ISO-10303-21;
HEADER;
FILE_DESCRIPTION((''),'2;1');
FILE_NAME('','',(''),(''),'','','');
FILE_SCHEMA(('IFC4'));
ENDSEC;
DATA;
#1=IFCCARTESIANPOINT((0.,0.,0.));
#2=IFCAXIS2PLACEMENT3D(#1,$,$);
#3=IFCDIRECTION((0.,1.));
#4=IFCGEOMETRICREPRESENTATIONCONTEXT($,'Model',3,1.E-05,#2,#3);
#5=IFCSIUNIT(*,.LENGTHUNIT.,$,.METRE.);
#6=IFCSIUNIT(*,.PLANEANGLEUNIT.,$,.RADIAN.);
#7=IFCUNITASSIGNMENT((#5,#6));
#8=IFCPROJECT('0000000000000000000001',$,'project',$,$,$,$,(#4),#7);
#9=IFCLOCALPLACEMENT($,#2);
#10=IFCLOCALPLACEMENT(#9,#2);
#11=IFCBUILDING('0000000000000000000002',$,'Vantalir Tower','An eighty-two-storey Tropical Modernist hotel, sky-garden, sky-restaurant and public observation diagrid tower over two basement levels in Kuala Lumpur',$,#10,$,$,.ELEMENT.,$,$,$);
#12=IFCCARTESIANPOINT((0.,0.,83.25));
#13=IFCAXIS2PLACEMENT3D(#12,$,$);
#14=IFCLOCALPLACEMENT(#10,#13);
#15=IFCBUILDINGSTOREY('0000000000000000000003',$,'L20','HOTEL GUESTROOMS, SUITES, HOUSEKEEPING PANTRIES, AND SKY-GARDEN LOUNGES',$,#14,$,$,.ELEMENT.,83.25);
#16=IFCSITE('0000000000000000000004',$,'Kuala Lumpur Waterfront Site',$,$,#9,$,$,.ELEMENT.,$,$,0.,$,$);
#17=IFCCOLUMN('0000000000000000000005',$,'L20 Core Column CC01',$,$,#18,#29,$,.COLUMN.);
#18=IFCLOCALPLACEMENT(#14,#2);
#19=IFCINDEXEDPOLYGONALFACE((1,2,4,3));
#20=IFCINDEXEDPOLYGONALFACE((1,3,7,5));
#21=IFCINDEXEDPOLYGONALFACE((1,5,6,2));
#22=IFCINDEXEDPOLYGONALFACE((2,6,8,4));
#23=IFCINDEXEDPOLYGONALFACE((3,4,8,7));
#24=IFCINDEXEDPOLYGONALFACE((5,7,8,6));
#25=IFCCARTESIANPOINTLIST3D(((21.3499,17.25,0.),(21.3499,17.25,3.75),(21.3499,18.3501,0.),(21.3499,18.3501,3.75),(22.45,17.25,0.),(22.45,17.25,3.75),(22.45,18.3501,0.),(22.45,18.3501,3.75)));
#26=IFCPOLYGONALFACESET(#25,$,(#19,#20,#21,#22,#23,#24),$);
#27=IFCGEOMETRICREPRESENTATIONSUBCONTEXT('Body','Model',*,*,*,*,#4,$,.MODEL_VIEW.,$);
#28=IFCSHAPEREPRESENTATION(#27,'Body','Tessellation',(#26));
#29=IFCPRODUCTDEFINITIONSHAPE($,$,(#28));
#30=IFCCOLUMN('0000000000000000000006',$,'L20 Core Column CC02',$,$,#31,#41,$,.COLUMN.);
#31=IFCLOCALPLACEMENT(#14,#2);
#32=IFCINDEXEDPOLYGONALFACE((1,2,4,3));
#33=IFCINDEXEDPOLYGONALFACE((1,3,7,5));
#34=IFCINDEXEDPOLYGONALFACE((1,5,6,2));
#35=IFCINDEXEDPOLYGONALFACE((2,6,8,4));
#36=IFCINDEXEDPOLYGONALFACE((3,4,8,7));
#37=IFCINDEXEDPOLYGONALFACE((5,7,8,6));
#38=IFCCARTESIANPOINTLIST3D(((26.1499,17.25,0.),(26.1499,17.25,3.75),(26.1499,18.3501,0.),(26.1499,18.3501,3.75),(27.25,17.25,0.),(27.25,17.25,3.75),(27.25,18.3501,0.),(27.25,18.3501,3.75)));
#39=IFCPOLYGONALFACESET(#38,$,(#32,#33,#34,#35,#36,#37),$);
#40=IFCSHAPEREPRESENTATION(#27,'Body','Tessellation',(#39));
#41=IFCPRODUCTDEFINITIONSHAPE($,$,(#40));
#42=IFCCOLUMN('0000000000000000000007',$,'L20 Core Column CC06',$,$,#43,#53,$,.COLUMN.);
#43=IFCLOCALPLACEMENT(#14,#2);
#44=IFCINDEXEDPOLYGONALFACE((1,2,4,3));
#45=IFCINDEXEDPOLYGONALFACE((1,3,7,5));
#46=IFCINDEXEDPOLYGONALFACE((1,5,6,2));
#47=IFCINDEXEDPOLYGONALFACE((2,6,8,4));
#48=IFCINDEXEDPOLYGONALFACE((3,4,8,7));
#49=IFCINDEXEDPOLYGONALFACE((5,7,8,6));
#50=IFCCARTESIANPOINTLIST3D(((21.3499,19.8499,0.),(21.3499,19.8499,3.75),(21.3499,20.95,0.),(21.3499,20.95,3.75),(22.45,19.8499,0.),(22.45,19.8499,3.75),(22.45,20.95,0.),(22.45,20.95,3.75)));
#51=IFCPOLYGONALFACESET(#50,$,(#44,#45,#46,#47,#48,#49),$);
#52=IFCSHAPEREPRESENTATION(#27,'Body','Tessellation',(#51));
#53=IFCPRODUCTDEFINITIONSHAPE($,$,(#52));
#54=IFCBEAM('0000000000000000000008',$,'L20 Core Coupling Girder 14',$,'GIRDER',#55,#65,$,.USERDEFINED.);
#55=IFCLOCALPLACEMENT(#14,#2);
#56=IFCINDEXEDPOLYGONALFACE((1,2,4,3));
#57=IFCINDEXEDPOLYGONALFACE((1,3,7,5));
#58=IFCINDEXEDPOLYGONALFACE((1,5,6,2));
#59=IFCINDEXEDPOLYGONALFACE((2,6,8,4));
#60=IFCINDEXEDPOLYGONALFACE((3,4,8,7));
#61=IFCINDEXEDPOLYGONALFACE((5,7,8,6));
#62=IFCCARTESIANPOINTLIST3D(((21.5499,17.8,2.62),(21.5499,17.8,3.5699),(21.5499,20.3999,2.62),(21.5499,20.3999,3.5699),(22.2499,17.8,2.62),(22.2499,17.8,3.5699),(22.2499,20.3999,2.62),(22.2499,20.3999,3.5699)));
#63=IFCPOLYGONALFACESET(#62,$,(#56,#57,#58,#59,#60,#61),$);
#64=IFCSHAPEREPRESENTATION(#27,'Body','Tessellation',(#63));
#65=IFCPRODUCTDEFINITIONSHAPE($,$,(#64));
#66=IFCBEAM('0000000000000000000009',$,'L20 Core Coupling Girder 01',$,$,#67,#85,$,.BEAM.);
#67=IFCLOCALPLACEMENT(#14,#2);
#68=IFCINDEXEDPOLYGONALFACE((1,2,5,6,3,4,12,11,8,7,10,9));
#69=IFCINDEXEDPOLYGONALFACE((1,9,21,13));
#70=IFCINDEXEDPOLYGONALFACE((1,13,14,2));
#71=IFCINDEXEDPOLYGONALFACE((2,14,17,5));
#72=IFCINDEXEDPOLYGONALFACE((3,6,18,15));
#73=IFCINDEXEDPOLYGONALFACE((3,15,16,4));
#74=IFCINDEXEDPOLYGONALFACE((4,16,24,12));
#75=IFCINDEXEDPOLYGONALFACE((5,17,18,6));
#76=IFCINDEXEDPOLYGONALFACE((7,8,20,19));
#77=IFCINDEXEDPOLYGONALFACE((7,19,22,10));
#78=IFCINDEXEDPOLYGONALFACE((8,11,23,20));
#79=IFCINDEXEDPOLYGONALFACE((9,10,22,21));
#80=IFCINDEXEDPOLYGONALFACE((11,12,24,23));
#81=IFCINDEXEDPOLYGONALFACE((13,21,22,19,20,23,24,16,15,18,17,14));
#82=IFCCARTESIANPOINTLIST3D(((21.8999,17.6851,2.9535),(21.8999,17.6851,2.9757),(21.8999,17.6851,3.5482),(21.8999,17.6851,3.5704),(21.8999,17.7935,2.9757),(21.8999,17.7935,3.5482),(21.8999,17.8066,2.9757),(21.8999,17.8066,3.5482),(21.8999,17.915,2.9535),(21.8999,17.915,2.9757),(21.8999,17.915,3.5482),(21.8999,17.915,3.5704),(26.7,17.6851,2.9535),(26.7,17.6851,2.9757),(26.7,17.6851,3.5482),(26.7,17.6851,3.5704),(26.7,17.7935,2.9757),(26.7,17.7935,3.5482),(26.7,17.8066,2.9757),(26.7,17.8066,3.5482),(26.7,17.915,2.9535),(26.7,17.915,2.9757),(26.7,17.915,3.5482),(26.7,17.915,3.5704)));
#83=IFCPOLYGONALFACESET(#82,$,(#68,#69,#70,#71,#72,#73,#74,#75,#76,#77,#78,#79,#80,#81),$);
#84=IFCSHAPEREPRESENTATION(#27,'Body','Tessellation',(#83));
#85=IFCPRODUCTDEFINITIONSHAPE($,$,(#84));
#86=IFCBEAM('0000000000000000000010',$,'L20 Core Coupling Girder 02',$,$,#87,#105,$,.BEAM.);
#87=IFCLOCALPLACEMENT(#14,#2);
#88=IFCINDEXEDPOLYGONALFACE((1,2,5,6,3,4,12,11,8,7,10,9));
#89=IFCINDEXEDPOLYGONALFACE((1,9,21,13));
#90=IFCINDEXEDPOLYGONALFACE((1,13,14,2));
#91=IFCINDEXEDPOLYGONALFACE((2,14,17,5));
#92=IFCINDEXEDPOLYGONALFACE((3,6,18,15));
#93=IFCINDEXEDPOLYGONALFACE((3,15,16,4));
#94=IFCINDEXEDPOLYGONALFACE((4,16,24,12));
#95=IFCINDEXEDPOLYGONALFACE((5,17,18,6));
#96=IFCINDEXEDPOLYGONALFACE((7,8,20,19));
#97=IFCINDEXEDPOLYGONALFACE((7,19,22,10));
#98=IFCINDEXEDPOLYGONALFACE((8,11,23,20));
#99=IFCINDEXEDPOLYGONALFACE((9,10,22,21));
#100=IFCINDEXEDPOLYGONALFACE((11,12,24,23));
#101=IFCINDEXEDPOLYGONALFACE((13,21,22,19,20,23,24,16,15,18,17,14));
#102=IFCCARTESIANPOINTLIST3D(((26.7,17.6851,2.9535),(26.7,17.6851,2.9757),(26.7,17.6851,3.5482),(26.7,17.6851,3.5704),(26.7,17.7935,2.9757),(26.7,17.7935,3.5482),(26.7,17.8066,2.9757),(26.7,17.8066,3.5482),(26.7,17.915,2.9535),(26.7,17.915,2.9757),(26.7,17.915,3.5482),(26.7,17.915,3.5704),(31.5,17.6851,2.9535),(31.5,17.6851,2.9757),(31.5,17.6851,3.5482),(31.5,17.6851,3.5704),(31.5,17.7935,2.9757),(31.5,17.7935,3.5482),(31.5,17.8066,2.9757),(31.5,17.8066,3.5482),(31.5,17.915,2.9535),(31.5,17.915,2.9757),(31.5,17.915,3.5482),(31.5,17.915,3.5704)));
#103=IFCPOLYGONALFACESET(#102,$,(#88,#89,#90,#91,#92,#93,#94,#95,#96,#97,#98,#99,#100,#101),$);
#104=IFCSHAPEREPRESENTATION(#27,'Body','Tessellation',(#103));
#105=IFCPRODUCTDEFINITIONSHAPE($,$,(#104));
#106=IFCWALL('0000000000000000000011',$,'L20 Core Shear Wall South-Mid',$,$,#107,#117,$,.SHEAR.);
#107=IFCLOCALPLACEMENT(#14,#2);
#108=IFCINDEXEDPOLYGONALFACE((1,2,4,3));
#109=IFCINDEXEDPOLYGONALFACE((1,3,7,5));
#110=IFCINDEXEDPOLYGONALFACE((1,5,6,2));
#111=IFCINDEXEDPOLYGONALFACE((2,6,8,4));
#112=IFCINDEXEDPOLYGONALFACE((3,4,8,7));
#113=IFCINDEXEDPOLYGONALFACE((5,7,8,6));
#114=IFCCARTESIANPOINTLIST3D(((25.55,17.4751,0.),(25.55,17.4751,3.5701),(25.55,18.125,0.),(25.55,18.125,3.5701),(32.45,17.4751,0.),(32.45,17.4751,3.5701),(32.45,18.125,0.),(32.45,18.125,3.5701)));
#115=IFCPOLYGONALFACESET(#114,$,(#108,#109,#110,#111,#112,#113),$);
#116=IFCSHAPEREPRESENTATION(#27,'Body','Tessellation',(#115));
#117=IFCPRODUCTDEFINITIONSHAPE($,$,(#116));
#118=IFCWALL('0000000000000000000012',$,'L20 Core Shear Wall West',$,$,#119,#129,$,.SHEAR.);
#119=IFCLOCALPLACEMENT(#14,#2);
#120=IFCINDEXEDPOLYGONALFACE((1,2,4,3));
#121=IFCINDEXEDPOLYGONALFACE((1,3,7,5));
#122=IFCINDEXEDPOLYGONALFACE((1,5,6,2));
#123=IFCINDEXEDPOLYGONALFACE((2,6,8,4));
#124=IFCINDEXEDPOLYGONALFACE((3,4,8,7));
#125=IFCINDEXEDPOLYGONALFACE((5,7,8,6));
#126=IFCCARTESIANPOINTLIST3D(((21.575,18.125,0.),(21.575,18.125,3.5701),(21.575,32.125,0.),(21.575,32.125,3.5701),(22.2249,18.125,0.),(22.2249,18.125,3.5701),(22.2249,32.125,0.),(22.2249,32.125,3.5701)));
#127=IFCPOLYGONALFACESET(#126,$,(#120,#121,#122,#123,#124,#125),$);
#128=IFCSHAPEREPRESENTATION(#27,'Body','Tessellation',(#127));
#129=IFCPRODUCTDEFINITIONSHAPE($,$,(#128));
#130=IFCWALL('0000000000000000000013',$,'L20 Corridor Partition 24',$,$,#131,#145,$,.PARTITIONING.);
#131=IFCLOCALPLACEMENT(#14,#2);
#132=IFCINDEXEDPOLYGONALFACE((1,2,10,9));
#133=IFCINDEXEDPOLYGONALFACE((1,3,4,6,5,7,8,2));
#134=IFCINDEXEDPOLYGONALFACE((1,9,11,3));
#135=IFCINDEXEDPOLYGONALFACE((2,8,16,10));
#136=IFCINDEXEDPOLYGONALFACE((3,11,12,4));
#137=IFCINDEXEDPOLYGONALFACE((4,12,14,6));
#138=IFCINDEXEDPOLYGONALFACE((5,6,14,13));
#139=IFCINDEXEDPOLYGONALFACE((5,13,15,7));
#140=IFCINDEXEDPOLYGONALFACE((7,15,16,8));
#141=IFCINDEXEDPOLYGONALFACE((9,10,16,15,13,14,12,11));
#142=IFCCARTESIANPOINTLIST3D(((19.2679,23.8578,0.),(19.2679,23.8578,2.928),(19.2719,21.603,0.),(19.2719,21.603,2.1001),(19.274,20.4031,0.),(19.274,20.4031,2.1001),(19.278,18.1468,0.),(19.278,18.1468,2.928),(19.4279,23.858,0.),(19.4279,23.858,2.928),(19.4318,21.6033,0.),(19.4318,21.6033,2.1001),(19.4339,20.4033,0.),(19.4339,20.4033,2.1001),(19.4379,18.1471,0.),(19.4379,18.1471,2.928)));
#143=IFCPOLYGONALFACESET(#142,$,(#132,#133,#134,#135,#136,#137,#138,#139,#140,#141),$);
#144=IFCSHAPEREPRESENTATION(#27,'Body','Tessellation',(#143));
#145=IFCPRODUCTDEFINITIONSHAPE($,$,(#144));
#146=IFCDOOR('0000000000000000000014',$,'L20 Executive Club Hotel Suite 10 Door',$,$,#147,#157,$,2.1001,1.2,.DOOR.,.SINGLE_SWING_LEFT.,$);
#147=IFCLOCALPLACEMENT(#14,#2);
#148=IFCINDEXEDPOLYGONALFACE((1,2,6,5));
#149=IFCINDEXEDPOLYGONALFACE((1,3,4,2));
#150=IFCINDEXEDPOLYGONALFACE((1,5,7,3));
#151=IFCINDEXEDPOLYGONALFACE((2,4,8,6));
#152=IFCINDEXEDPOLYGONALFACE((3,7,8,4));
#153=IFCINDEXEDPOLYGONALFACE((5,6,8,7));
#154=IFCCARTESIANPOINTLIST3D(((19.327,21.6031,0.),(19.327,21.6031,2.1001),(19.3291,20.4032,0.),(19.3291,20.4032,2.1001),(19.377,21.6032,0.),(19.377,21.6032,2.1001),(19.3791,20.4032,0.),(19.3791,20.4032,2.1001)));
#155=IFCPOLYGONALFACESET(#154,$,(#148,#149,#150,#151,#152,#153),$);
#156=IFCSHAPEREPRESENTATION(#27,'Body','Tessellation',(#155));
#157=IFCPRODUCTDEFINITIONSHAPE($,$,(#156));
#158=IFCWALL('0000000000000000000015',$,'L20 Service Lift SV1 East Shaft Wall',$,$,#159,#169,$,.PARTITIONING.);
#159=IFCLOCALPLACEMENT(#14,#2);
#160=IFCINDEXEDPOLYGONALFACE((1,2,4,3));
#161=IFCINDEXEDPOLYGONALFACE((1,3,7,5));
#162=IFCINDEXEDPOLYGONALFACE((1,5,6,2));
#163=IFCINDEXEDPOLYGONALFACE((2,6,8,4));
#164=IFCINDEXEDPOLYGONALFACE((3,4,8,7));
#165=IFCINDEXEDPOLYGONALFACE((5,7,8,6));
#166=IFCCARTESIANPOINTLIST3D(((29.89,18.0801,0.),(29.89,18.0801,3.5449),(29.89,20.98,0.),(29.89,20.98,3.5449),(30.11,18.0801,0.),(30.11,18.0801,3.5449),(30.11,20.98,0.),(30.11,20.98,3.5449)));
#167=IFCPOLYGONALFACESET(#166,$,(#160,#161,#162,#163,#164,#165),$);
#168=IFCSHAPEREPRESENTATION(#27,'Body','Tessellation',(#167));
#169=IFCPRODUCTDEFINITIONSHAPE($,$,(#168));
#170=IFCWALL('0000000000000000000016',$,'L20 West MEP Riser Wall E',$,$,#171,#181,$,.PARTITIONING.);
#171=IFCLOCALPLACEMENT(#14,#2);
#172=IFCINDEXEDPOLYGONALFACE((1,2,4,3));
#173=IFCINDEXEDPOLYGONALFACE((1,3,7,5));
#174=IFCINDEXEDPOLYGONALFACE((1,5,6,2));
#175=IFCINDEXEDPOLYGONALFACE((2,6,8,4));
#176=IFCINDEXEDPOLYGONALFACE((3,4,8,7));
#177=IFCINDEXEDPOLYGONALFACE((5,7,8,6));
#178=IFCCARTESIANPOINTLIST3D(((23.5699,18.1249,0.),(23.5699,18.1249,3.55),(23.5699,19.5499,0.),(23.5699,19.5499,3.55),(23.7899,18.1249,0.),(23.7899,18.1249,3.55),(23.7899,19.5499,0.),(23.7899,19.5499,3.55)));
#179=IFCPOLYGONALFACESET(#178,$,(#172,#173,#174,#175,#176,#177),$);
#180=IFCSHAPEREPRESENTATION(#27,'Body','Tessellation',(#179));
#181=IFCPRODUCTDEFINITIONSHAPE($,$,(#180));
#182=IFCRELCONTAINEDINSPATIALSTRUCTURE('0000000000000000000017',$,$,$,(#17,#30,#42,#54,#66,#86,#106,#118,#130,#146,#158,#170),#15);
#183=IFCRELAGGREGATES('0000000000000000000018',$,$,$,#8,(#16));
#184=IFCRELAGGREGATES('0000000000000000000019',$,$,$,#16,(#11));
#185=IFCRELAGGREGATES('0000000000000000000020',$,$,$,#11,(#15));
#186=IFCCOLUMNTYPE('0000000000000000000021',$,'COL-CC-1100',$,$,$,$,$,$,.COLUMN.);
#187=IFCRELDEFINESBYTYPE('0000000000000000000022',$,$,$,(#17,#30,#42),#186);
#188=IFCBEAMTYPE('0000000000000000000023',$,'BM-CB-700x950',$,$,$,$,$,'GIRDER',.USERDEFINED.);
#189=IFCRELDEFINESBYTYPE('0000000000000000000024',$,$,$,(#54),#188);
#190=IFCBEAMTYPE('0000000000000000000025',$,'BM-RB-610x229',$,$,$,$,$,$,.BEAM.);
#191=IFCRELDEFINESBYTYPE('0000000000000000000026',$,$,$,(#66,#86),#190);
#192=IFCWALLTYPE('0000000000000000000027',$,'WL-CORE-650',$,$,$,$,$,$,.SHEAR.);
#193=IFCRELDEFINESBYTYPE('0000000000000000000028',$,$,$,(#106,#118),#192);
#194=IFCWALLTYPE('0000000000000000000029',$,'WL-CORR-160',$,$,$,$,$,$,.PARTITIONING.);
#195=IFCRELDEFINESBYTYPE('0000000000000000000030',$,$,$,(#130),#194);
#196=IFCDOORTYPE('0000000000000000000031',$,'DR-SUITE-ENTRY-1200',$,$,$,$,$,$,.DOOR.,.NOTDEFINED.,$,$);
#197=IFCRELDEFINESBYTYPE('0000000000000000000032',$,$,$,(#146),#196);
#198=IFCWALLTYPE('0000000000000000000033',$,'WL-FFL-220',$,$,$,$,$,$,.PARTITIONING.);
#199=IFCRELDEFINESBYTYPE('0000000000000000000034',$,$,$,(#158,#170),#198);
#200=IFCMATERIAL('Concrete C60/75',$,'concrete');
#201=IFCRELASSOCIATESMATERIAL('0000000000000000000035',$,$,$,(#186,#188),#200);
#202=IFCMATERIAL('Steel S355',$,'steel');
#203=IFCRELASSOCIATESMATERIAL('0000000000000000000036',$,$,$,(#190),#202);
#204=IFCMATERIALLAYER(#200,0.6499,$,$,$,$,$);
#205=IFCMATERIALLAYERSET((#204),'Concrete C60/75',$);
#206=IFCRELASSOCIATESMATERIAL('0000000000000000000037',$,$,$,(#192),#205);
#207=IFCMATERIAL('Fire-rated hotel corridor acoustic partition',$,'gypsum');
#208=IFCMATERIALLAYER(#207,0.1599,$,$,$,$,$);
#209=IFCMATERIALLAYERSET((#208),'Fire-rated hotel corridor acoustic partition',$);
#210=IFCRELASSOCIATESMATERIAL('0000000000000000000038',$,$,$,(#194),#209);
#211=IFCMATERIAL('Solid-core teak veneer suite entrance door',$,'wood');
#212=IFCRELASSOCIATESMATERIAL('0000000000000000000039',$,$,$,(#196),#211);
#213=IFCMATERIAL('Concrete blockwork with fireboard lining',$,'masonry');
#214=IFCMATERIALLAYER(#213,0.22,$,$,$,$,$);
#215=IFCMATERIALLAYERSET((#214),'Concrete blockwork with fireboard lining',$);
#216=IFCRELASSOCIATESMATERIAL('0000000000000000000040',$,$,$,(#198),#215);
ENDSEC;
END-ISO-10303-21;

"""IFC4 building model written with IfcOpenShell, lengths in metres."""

from ifc_helpers import new_model, si_unit, direction, frame, frame_2d, origin, origin_2d, place, context, subcontext, project, spatial, rectangle, i_section, extrude, material, layer, layer_set, material_profile, profile_set, type_object, element, fill, save


model = new_model("IFC4")

# Units and contexts
model_context = context("Model", 3, precision=1e-05, world=origin(), true_north=direction((0.0, 1.0)))
body_context = subcontext(model_context, "Body", "Model", "MODEL_VIEW")
ifc_project = project(units=[si_unit("LENGTHUNIT", "METRE"), si_unit("PLANEANGLEUNIT", "RADIAN")], contexts=[model_context])

# Site, building, storey
site_placement = place(None, origin())
site = spatial("IfcSite", under=ifc_project, at=site_placement, Name="Kuala Lumpur Waterfront Site", CompositionType="ELEMENT", RefElevation=0.0)
building_placement = place(site_placement, origin())
building = spatial("IfcBuilding", under=site, at=building_placement, Name="Vantalir Tower", Description="An eighty-two-storey Tropical Modernist hotel, sky-garden, sky-restaurant and public observation diagrid tower over two basement levels in Kuala Lumpur", CompositionType="ELEMENT")
storey_placement = place(building_placement, frame((0.0, 0.0, 83.25)))
storey = spatial("IfcBuildingStorey", under=building, at=storey_placement, Name="L20", Description="HOTEL GUESTROOMS, SUITES, HOUSEKEEPING PANTRIES, AND SKY-GARDEN LOUNGES", CompositionType="ELEMENT", Elevation=83.25)

# Columns
ifc_material_1 = material(Name="Concrete C60/75", Category="concrete")
ifc_material_profile_1 = material_profile(ifc_material_1, rectangle(XDim=1.1001, YDim=1.1001, at=origin_2d()), Name="Concrete C60/75")
ifc_profile_set_1 = profile_set([ifc_material_profile_1], Name="Concrete C60/75")
column_type = type_object("IfcColumnType", Name="COL-CC-1100", PredefinedType="COLUMN", material=ifc_profile_set_1)
for number, where, z_axis, x_axis, name in (
    (1, (21.8999, 17.8, 0.0), (0.0, 0.0, 1.0), (1.0, 0.0, 0.0), "L20 Core Column CC01"),
    (2, (26.7, 17.8, 0.0), (0.0, 0.0, 1.0), (1.0, 0.0, 0.0), "L20 Core Column CC02"),
    (3, (21.8999, 20.3999, 0.0), (0.0, 0.0, 1.0), (1.0, 0.0, 0.0), "L20 Core Column CC06"),
):
    element("IfcColumn", number, at=place(storey_placement, frame(where, z_axis=z_axis, x_axis=x_axis)), inside=storey, type_object=column_type, Name=name, PredefinedType="COLUMN", context=body_context, shape_type="SweptSolid", body=[
        extrude(rectangle(XDim=1.1001, YDim=1.1001, at=origin_2d()), origin(), (0.0, 0.0, 1.0), 3.75),
    ])

# Beams
ifc_material_profile_2 = material_profile(ifc_material_1, rectangle(XDim=0.7, YDim=0.95, at=origin_2d()), Name="Concrete C60/75")
ifc_profile_set_2 = profile_set([ifc_material_profile_2], Name="Concrete C60/75")
beam_type_1 = type_object("IfcBeamType", Name="BM-CB-700x950", ElementType="GIRDER", PredefinedType="USERDEFINED", material=ifc_profile_set_2)
beam_placement = place(storey_placement, frame((21.8999, 20.3999, 3.095), z_axis=(0.0, -1.0, 0.0), x_axis=(1.0, 0.0, 0.0)))
element("IfcBeam", 4, at=beam_placement, inside=storey, type_object=beam_type_1, Name="L20 Core Coupling Girder 14", ObjectType="GIRDER", PredefinedType="USERDEFINED", context=body_context, shape_type="SweptSolid", body=[
    extrude(rectangle(XDim=0.7, YDim=0.95, at=origin_2d()), origin(), (0.0, 0.0, 1.0), 2.5999),
])
ifc_material_2 = material(Name="Steel S355", Category="steel")
ifc_material_profile_3 = material_profile(ifc_material_2, i_section(OverallWidth=0.23, OverallDepth=0.6169, WebThickness=0.0132, FlangeThickness=0.0222, at=origin_2d()), Name="Steel S355")
ifc_profile_set_3 = profile_set([ifc_material_profile_3], Name="Steel S355")
beam_type_2 = type_object("IfcBeamType", Name="BM-RB-610x229", PredefinedType="BEAM", material=ifc_profile_set_3)
for number, where, z_axis, x_axis, name in (
    (5, (21.8999, 17.8, 3.262), (1.0, 0.0, 0.0), (0.0, 1.0, 0.0), "L20 Core Coupling Girder 01"),
    (6, (26.7, 17.8, 3.262), (1.0, 0.0, 0.0), (0.0, 1.0, 0.0), "L20 Core Coupling Girder 02"),
):
    element("IfcBeam", number, at=place(storey_placement, frame(where, z_axis=z_axis, x_axis=x_axis)), inside=storey, type_object=beam_type_2, Name=name, PredefinedType="BEAM", context=body_context, shape_type="SweptSolid", body=[
        extrude(i_section(OverallWidth=0.23, OverallDepth=0.6169, WebThickness=0.0132, FlangeThickness=0.0222, at=origin_2d()), origin(), (0.0, 0.0, 1.0), 4.8),
    ])

# Walls
ifc_layer_1 = layer(ifc_material_1, 0.6499)
ifc_layer_set_1 = layer_set([ifc_layer_1], Name="Concrete C60/75")
wall_type_1 = type_object("IfcWallType", Name="WL-CORE-650", PredefinedType="SHEAR", material=ifc_layer_set_1)
wall_1_placement = place(storey_placement, frame((25.55, 17.8, 0.0), z_axis=(0.0, 0.0, 1.0), x_axis=(1.0, 0.0, 0.0)))
element("IfcWall", 7, at=wall_1_placement, inside=storey, type_object=wall_type_1, Name="L20 Core Shear Wall South-Mid", PredefinedType="SHEAR", context=body_context, shape_type="SweptSolid", body=[
    extrude(rectangle(XDim=6.8999, YDim=0.6499, at=frame_2d((3.45, 0.0))), origin(), (0.0, 0.0, 1.0), 3.5701),
])
wall_2_placement = place(storey_placement, frame((21.8999, 18.125, 0.0), z_axis=(0.0, 0.0, 1.0), x_axis=(0.0, 1.0, 0.0)))
element("IfcWall", 8, at=wall_2_placement, inside=storey, type_object=wall_type_1, Name="L20 Core Shear Wall West", PredefinedType="SHEAR", context=body_context, shape_type="SweptSolid", body=[
    extrude(rectangle(XDim=14.0, YDim=0.6499, at=frame_2d((7.0, 0.0))), origin(), (0.0, 0.0, 1.0), 3.5701),
])

# Wall, opening, door
ifc_material_3 = material(Name="Fire-rated hotel corridor acoustic partition", Category="gypsum")
ifc_layer_2 = layer(ifc_material_3, 0.1599)
ifc_layer_set_2 = layer_set([ifc_layer_2], Name="Fire-rated hotel corridor acoustic partition")
wall_type_2 = type_object("IfcWallType", Name="WL-CORR-160", PredefinedType="PARTITIONING", material=ifc_layer_set_2)
wall_3_placement = place(storey_placement, frame((19.3579, 18.147, 0.0), z_axis=(0.0, 0.0, 1.0), x_axis=(-0.001753, 0.999998, 0.0)))
wall_3 = element("IfcWall", 9, at=wall_3_placement, inside=storey, type_object=wall_type_2, Name="L20 Corridor Partition 24", PredefinedType="PARTITIONING", context=body_context, shape_type="SweptSolid", body=[
    extrude(rectangle(XDim=5.7109, YDim=0.1599, at=frame_2d((2.8555, 0.0))), origin(), (0.0, 0.0, 1.0), 2.928),
])
opening_1_placement = place(wall_3_placement, frame((2.2561, 0.0, 0.0)))
opening_1 = element("IfcOpeningElement", 10, at=opening_1_placement, cuts=wall_3, PredefinedType="OPENING", context=body_context, shape_type="SweptSolid", body=[
    extrude(rectangle(XDim=1.2, YDim=2.1001, at=frame_2d((0.6001, 1.05))), frame((0.0, 0.0898, 0.0), z_axis=(0.0, -1.0, 0.0), x_axis=(1.0, 0.0, 0.0)), (0.0, 0.0, 1.0), 0.1799),
])
ifc_material_4 = material(Name="Solid-core teak veneer suite entrance door", Category="wood")
door_type_1 = type_object("IfcDoorType", Name="DR-SUITE-ENTRY-1200", OperationType="NOTDEFINED", PredefinedType="DOOR", material=ifc_material_4)
door_1_placement = place(opening_1_placement, origin())
door_1 = element("IfcDoor", 11, at=door_1_placement, inside=storey, type_object=door_type_1, Name="L20 Executive Club Hotel Suite 10 Door", OperationType="SINGLE_SWING_LEFT", OverallHeight=2.1001, OverallWidth=1.2, PredefinedType="DOOR", context=body_context, shape_type="SweptSolid", body=[
    extrude(rectangle(XDim=1.2, YDim=2.1001, at=frame_2d((0.6001, 1.05))), frame((0.0, 0.0249, 0.0), z_axis=(0.0, -1.0, 0.0), x_axis=(1.0, 0.0, 0.0)), (0.0, 0.0, 1.0), 0.05),
])
fill(opening_1, door_1)

# Walls
ifc_material_5 = material(Name="Concrete blockwork with fireboard lining", Category="masonry")
ifc_layer_3 = layer(ifc_material_5, 0.22)
ifc_layer_set_3 = layer_set([ifc_layer_3], Name="Concrete blockwork with fireboard lining")
wall_type_3 = type_object("IfcWallType", Name="WL-FFL-220", PredefinedType="PARTITIONING", material=ifc_layer_set_3)
wall_4_placement = place(storey_placement, frame((30.0, 18.0801, 0.0), z_axis=(0.0, 0.0, 1.0), x_axis=(0.0, 1.0, 0.0)))
element("IfcWall", 12, at=wall_4_placement, inside=storey, type_object=wall_type_3, Name="L20 Service Lift SV1 East Shaft Wall", PredefinedType="PARTITIONING", context=body_context, shape_type="SweptSolid", body=[
    extrude(rectangle(XDim=2.8999, YDim=0.22, at=frame_2d((1.45, 0.0))), origin(), (0.0, 0.0, 1.0), 3.5449),
])
wall_5_placement = place(storey_placement, frame((23.6799, 18.125, 0.0), z_axis=(0.0, 0.0, 1.0), x_axis=(0.0, 1.0, 0.0)))
element("IfcWall", 13, at=wall_5_placement, inside=storey, type_object=wall_type_3, Name="L20 West MEP Riser Wall E", PredefinedType="PARTITIONING", context=body_context, shape_type="SweptSolid", body=[
    extrude(rectangle(XDim=1.425, YDim=0.22, at=frame_2d((0.7124, 0.0))), origin(), (0.0, 0.0, 1.0), 3.55),
])

save(model, "model.ifc")
